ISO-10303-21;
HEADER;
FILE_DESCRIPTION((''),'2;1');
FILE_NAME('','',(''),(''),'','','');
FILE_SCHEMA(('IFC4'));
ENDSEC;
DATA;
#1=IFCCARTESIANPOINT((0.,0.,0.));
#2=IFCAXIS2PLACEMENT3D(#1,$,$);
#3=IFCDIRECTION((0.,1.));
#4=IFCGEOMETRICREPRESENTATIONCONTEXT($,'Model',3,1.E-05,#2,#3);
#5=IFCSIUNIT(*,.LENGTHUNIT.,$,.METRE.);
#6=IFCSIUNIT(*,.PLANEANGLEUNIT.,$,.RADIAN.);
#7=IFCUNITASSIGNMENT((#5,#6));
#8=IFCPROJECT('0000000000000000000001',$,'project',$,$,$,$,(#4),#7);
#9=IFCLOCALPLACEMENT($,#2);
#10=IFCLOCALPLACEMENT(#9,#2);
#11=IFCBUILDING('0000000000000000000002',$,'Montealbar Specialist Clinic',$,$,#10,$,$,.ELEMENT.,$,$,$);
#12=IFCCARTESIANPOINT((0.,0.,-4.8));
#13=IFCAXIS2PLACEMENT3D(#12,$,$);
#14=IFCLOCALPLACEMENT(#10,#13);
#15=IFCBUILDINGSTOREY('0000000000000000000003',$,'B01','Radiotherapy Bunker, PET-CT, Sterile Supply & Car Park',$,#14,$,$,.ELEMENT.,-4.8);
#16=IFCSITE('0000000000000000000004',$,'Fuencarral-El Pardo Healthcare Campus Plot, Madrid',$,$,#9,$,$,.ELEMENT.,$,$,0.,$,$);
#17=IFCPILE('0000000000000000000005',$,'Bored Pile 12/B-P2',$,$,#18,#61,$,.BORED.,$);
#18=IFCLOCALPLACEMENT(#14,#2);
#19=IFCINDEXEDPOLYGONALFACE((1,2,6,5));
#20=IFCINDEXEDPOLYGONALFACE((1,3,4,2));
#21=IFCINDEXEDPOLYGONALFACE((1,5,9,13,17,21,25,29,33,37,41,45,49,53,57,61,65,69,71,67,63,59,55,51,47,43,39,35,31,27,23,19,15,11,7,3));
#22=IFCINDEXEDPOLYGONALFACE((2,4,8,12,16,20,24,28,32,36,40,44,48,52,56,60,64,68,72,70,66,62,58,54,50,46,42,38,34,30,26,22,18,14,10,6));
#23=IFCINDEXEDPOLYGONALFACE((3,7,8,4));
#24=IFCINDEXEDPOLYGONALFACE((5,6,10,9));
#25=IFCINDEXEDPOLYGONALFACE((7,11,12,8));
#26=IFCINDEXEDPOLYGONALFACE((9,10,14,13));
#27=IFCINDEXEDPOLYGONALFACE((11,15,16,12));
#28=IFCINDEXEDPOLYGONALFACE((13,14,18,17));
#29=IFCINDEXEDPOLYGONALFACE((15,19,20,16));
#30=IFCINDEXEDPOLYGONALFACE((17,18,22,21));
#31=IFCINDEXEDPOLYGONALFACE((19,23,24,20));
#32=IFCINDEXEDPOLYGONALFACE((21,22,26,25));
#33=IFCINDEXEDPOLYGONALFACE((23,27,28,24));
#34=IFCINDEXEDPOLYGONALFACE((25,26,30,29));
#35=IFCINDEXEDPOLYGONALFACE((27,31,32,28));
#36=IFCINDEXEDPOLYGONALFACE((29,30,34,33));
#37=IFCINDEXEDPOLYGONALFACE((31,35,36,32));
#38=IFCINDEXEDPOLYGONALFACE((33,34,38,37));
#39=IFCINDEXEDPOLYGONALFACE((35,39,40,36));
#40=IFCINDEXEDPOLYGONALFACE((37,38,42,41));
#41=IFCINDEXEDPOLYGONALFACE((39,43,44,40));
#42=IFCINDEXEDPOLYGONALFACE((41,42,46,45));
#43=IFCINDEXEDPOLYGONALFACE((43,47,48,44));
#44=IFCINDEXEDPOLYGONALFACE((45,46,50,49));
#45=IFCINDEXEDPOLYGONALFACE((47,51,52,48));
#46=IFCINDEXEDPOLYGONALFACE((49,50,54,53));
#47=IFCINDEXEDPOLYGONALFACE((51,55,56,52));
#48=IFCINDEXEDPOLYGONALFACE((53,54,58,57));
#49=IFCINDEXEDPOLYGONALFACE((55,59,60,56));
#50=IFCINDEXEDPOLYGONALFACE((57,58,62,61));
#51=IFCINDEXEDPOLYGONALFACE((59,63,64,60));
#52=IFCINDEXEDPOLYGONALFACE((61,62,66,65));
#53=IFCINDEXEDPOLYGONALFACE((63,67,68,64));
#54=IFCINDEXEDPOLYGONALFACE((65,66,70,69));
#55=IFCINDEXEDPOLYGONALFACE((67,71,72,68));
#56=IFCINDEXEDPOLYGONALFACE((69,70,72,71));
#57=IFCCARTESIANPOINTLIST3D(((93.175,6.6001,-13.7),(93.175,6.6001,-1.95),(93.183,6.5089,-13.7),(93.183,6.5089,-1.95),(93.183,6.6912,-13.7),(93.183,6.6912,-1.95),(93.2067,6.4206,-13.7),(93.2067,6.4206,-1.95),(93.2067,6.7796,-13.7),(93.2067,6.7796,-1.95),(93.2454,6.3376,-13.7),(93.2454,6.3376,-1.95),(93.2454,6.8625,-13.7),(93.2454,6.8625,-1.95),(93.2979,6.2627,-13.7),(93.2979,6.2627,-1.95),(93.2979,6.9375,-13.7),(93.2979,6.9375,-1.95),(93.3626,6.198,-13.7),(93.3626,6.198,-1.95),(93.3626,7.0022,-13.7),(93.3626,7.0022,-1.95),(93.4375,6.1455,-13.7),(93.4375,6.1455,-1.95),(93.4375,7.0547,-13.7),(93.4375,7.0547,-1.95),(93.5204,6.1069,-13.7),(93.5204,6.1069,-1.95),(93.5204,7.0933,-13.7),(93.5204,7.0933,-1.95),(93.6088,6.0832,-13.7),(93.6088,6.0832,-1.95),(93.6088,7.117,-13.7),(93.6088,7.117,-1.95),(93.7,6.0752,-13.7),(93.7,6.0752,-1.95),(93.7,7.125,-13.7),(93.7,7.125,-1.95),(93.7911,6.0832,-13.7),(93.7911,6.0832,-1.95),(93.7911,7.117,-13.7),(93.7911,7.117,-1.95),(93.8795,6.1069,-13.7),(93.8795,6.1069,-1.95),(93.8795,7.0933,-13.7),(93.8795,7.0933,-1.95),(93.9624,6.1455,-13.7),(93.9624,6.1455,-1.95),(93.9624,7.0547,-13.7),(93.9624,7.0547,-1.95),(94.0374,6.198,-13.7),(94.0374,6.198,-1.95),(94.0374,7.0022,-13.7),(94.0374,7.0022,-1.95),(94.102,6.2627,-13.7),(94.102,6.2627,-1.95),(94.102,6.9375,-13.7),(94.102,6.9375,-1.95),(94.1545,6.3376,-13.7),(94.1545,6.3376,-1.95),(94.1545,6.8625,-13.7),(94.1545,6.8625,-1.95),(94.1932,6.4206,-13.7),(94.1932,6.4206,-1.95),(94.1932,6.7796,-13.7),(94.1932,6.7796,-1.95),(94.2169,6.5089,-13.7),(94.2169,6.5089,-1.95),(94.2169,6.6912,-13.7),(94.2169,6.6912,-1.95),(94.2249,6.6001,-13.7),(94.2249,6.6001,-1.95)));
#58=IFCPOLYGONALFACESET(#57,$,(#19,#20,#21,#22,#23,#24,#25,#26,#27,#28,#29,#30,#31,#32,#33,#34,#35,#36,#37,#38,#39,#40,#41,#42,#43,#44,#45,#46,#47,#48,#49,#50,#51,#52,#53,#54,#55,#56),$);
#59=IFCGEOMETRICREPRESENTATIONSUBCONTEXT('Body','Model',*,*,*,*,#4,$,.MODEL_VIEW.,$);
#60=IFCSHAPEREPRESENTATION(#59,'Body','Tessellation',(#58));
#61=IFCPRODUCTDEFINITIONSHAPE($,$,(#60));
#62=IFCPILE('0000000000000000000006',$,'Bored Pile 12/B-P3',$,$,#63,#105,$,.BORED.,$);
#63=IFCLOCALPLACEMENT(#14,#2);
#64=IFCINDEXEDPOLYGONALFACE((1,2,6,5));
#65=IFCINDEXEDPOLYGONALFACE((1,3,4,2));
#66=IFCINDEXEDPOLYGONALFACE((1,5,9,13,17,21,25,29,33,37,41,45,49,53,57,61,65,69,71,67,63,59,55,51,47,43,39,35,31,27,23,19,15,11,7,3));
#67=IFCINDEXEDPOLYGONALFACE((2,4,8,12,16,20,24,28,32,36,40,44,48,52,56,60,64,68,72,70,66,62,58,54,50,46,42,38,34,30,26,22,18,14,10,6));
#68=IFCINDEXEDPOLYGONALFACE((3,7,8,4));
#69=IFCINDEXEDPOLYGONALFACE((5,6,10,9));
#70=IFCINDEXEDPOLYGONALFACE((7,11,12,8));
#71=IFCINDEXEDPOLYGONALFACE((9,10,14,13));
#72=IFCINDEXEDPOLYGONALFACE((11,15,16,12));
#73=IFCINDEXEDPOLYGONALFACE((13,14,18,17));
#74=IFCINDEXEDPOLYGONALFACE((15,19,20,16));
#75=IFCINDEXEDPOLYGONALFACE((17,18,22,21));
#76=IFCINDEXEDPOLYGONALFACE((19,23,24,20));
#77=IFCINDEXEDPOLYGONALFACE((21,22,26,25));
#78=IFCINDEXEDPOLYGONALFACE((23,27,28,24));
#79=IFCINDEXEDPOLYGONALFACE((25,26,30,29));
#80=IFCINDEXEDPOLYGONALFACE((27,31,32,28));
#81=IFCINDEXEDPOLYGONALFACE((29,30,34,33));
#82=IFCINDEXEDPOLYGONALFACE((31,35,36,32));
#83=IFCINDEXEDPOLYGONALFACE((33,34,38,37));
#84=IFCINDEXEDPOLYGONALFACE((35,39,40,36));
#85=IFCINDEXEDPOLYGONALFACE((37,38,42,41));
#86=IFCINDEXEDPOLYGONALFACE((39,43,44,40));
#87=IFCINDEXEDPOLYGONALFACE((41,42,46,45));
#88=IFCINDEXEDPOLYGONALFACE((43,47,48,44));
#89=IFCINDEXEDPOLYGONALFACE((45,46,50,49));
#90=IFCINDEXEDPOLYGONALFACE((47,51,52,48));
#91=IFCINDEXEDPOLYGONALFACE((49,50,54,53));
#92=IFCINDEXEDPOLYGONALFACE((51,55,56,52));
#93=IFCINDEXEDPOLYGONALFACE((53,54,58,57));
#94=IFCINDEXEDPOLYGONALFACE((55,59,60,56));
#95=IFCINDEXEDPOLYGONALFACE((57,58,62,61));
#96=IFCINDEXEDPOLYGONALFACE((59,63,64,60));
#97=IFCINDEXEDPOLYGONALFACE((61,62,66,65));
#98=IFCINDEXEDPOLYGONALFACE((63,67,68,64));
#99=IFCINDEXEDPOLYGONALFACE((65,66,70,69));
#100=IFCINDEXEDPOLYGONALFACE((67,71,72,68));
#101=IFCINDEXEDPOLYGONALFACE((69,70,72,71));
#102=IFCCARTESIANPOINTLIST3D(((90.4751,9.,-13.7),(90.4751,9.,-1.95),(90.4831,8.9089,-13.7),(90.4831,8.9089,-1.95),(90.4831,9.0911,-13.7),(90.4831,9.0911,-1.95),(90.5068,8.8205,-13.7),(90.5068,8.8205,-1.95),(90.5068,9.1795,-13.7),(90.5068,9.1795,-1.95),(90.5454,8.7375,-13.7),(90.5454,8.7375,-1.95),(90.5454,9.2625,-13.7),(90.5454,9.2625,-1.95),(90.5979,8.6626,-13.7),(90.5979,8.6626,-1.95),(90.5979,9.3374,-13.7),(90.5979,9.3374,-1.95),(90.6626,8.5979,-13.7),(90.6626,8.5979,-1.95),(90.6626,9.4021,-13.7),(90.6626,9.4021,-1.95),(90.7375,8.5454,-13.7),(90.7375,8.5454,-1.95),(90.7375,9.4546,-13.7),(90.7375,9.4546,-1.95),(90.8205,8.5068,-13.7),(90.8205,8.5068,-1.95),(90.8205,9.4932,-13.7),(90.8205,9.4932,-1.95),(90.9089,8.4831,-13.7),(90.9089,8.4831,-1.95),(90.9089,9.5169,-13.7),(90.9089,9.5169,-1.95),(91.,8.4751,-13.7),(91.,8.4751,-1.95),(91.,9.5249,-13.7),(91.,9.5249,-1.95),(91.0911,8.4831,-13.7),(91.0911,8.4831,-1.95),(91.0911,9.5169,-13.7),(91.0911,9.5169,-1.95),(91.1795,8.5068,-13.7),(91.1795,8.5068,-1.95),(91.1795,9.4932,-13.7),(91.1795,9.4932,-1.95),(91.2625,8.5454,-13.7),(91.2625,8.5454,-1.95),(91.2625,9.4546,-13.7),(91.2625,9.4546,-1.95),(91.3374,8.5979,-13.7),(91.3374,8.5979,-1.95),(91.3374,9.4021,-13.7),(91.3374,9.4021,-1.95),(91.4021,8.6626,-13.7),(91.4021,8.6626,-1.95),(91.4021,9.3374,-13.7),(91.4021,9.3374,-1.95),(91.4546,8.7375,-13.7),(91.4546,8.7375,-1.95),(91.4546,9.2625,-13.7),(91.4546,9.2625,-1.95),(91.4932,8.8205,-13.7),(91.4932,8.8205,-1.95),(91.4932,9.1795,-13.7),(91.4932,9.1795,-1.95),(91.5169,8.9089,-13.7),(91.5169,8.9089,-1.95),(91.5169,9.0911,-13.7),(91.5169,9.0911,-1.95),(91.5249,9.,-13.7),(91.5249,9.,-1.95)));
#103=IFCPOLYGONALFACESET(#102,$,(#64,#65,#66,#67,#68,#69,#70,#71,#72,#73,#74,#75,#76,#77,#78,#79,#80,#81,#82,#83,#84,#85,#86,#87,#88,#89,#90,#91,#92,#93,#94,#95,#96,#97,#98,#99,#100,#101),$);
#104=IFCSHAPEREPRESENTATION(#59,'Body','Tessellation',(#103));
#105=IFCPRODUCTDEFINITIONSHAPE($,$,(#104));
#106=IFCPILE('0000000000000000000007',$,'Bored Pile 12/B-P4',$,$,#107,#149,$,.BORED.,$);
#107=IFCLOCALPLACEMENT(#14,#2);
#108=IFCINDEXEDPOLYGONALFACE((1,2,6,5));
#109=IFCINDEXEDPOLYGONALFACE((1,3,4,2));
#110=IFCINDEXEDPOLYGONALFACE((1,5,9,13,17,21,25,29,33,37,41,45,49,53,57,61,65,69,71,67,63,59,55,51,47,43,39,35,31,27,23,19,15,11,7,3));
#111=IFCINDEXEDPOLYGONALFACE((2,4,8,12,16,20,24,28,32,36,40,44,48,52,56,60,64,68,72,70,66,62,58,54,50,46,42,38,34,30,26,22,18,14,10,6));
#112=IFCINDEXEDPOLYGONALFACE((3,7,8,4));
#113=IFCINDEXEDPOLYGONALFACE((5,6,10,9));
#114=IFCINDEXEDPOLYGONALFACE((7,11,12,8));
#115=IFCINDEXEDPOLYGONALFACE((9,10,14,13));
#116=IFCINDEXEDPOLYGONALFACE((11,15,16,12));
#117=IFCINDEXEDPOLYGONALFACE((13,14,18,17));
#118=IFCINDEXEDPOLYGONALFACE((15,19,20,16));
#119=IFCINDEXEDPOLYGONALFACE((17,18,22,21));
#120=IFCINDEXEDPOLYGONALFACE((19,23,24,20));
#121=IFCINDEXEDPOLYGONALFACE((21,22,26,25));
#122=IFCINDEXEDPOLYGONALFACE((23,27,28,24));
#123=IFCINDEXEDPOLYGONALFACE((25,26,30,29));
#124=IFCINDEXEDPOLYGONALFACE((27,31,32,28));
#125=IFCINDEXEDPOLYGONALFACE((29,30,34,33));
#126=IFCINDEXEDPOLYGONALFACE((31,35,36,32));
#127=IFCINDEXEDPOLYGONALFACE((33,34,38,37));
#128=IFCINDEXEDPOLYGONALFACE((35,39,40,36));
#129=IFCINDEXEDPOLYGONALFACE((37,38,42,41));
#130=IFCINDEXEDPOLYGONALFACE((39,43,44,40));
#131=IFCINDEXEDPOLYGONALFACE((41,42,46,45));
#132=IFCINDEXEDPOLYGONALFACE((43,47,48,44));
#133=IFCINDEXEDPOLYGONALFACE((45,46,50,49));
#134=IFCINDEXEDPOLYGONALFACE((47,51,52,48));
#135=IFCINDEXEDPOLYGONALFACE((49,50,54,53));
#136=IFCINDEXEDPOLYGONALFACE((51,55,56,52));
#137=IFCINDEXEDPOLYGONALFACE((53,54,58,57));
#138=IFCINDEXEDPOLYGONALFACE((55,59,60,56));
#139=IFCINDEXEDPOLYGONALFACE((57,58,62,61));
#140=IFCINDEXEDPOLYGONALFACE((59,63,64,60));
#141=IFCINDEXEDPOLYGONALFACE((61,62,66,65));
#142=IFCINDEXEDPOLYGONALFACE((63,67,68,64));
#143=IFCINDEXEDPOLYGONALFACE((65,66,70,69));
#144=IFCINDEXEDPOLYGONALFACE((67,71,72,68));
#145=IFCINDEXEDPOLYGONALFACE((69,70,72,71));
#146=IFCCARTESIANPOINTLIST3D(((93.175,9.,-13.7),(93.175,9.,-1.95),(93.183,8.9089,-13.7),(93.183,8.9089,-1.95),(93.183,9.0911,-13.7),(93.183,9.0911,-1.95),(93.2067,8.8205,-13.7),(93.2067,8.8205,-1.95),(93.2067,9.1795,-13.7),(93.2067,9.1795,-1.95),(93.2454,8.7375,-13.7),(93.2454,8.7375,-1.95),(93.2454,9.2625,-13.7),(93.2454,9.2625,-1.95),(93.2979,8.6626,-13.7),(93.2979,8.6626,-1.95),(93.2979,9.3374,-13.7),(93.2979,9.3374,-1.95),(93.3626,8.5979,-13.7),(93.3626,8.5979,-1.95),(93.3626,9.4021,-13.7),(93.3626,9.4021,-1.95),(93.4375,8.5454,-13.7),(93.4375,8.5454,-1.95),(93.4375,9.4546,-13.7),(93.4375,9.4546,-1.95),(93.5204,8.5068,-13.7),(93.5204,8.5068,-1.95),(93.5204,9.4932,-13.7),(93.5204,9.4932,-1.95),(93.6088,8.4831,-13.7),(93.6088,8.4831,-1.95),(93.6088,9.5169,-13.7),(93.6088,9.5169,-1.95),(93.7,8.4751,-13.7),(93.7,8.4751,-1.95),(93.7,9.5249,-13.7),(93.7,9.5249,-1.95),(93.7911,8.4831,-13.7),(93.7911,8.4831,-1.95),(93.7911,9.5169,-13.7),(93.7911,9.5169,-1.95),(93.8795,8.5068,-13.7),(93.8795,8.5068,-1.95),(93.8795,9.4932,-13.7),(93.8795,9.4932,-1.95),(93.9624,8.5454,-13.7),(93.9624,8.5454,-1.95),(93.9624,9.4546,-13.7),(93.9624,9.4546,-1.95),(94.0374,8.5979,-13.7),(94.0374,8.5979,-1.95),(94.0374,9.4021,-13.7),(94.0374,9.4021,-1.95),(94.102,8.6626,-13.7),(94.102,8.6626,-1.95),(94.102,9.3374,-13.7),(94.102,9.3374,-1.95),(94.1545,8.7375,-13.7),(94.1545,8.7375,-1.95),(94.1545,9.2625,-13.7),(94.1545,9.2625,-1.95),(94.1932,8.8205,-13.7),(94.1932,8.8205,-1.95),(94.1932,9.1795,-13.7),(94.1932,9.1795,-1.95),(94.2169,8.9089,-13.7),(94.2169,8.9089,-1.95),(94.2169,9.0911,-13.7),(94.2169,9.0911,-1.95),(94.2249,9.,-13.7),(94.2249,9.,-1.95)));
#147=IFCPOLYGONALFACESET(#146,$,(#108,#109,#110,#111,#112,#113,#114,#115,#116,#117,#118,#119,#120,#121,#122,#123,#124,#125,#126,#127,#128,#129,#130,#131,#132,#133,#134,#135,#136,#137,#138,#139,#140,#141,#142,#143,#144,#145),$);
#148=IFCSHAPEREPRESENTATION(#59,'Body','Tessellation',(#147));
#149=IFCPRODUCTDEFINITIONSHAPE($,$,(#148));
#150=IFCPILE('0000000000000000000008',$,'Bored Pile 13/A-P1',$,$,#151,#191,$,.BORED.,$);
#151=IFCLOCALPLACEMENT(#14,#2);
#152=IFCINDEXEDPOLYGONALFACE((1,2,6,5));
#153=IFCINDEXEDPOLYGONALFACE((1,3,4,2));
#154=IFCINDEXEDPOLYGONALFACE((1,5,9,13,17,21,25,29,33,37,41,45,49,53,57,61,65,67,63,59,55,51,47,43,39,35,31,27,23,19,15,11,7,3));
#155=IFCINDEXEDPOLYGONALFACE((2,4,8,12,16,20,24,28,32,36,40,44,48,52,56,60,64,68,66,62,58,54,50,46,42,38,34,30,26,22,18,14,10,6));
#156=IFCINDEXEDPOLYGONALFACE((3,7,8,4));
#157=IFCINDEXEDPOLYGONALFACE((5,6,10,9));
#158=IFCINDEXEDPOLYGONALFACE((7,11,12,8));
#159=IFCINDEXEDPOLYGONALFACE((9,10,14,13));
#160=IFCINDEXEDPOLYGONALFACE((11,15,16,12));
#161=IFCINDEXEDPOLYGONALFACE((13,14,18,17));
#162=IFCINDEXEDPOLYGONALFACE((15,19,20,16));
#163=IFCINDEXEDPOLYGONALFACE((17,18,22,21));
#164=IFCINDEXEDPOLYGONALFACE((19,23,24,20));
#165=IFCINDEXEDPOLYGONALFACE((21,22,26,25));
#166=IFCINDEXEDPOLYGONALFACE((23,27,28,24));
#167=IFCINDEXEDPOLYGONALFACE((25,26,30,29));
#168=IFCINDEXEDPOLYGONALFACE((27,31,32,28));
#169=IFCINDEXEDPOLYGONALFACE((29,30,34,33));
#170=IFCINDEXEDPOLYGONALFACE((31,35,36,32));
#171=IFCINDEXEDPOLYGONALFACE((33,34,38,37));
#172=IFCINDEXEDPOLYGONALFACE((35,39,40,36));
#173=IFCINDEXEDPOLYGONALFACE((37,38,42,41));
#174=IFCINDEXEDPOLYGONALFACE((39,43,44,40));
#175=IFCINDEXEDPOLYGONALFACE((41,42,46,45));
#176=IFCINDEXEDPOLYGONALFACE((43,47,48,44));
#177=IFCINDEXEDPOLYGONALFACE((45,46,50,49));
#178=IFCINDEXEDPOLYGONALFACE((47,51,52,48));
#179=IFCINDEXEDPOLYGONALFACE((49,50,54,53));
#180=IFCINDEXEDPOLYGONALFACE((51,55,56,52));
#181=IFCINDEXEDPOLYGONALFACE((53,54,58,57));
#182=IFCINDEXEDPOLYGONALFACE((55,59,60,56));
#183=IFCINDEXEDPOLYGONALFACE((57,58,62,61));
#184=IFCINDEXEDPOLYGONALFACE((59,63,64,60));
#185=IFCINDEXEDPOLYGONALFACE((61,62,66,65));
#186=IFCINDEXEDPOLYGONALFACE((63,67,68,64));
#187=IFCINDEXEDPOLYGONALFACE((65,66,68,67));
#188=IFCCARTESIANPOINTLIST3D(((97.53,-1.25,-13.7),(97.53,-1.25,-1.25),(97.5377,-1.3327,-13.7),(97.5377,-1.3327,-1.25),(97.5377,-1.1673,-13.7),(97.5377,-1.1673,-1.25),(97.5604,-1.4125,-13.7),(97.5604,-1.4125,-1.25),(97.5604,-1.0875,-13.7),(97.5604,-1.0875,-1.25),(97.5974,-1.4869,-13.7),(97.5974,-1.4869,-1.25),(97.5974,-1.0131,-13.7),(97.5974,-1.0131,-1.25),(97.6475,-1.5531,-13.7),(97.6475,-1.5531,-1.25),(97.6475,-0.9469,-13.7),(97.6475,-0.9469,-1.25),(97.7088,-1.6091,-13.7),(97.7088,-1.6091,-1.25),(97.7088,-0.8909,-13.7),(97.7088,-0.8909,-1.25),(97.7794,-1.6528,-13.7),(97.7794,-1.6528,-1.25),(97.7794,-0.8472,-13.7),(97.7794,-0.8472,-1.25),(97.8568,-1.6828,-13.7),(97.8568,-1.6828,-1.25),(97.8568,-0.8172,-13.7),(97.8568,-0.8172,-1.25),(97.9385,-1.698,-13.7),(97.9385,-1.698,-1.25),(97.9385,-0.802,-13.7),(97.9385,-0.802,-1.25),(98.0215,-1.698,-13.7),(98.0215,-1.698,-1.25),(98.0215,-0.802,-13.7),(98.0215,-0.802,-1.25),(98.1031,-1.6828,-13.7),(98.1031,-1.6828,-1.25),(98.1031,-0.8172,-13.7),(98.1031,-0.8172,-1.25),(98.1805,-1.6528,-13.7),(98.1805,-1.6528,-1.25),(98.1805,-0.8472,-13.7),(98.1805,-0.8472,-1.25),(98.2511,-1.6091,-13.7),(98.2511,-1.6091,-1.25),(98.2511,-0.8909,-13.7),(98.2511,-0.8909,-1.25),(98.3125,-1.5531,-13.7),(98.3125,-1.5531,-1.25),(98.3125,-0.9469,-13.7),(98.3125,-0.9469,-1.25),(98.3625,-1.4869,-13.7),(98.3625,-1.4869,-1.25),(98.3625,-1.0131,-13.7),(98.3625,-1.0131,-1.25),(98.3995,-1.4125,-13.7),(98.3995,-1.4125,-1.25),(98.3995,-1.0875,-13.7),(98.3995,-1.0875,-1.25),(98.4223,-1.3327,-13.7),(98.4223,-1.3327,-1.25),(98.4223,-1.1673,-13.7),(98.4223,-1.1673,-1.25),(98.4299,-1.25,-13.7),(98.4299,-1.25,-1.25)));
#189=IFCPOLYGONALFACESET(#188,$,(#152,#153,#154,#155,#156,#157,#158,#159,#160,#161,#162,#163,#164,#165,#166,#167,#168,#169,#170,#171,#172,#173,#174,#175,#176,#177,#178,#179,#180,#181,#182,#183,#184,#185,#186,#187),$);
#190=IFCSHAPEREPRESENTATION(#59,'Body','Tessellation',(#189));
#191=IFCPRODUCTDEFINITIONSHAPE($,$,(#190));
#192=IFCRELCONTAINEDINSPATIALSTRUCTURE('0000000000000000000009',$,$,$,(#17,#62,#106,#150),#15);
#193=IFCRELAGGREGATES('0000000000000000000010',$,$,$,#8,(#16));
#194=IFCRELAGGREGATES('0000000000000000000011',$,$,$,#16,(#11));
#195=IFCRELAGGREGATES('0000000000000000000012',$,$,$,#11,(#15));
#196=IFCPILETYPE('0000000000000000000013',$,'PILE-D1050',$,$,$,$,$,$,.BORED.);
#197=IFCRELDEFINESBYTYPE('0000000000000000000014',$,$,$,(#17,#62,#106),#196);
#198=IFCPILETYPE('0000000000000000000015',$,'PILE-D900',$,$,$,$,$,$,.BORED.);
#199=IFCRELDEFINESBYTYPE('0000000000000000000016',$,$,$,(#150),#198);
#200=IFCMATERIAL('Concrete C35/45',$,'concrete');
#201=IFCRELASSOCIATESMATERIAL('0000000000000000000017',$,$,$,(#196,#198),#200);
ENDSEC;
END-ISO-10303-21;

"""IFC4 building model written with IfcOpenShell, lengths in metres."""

from ifc_helpers import new_model, si_unit, direction, frame, origin, origin_2d, place, context, subcontext, project, spatial, circle, extrude, material, material_profile, profile_set, type_object, element, save


model = new_model("IFC4")

# Units and contexts
model_context = context("Model", 3, precision=1e-05, world=origin(), true_north=direction((0.0, 1.0)))
body_context = subcontext(model_context, "Body", "Model", "MODEL_VIEW")
ifc_project = project(units=[si_unit("LENGTHUNIT", "METRE"), si_unit("PLANEANGLEUNIT", "RADIAN")], contexts=[model_context])

# Site, building, storey
site_placement = place(None, origin())
site = spatial("IfcSite", under=ifc_project, at=site_placement, Name="Fuencarral-El Pardo Healthcare Campus Plot, Madrid", CompositionType="ELEMENT", RefElevation=0.0)
building_placement = place(site_placement, origin())
building = spatial("IfcBuilding", under=site, at=building_placement, Name="Montealbar Specialist Clinic", CompositionType="ELEMENT")
storey_placement = place(building_placement, frame((0.0, 0.0, -4.8)))
storey = spatial("IfcBuildingStorey", under=building, at=storey_placement, Name="B01", Description="Radiotherapy Bunker, PET-CT, Sterile Supply & Car Park", CompositionType="ELEMENT", Elevation=-4.8)

# Shared definitions
ifc_material_1 = material(Name="Concrete C35/45", Category="concrete")

# Piles
ifc_material_profile_1 = material_profile(ifc_material_1, circle(Radius=0.5249, at=origin_2d()), Name="PILE D1050", Category="concrete")
ifc_profile_set_1 = profile_set([ifc_material_profile_1], Name="Concrete C35/45")
pile_type_1 = type_object("IfcPileType", Name="PILE-D1050", PredefinedType="BORED", material=ifc_profile_set_1)
for number, where, z_axis, x_axis, name in (
    (1, (93.7, 6.6001, -1.95), (0.0, 0.0, -1.0), (1.0, 0.0, 0.0), "Bored Pile 12/B-P2"),
    (2, (91.0, 9.0, -1.95), (0.0, 0.0, -1.0), (1.0, 0.0, 0.0), "Bored Pile 12/B-P3"),
    (3, (93.7, 9.0, -1.95), (0.0, 0.0, -1.0), (1.0, 0.0, 0.0), "Bored Pile 12/B-P4"),
):
    element("IfcPile", number, at=place(storey_placement, frame(where, z_axis=z_axis, x_axis=x_axis)), inside=storey, type_object=pile_type_1, Name=name, PredefinedType="BORED", context=body_context, shape_type="SweptSolid", body=[
        extrude(circle(Radius=0.5249, at=origin_2d()), origin(), (0.0, 0.0, 1.0), 11.75),
    ])
ifc_material_profile_2 = material_profile(ifc_material_1, circle(Radius=0.45, at=origin_2d()), Name="PILE D900", Category="concrete")
ifc_profile_set_2 = profile_set([ifc_material_profile_2], Name="Concrete C35/45")
pile_type_2 = type_object("IfcPileType", Name="PILE-D900", PredefinedType="BORED", material=ifc_profile_set_2)
for number, where, z_axis, x_axis, name in (
    (4, (97.98, -1.25, -1.25), (0.0, 0.0, -1.0), (1.0, 0.0, 0.0), "Bored Pile 13/A-P1"),
):
    element("IfcPile", number, at=place(storey_placement, frame(where, z_axis=z_axis, x_axis=x_axis)), inside=storey, type_object=pile_type_2, Name=name, PredefinedType="BORED", context=body_context, shape_type="SweptSolid", body=[
        extrude(circle(Radius=0.45, at=origin_2d()), origin(), (0.0, 0.0, 1.0), 12.45),
    ])

save(model, "model.ifc")
